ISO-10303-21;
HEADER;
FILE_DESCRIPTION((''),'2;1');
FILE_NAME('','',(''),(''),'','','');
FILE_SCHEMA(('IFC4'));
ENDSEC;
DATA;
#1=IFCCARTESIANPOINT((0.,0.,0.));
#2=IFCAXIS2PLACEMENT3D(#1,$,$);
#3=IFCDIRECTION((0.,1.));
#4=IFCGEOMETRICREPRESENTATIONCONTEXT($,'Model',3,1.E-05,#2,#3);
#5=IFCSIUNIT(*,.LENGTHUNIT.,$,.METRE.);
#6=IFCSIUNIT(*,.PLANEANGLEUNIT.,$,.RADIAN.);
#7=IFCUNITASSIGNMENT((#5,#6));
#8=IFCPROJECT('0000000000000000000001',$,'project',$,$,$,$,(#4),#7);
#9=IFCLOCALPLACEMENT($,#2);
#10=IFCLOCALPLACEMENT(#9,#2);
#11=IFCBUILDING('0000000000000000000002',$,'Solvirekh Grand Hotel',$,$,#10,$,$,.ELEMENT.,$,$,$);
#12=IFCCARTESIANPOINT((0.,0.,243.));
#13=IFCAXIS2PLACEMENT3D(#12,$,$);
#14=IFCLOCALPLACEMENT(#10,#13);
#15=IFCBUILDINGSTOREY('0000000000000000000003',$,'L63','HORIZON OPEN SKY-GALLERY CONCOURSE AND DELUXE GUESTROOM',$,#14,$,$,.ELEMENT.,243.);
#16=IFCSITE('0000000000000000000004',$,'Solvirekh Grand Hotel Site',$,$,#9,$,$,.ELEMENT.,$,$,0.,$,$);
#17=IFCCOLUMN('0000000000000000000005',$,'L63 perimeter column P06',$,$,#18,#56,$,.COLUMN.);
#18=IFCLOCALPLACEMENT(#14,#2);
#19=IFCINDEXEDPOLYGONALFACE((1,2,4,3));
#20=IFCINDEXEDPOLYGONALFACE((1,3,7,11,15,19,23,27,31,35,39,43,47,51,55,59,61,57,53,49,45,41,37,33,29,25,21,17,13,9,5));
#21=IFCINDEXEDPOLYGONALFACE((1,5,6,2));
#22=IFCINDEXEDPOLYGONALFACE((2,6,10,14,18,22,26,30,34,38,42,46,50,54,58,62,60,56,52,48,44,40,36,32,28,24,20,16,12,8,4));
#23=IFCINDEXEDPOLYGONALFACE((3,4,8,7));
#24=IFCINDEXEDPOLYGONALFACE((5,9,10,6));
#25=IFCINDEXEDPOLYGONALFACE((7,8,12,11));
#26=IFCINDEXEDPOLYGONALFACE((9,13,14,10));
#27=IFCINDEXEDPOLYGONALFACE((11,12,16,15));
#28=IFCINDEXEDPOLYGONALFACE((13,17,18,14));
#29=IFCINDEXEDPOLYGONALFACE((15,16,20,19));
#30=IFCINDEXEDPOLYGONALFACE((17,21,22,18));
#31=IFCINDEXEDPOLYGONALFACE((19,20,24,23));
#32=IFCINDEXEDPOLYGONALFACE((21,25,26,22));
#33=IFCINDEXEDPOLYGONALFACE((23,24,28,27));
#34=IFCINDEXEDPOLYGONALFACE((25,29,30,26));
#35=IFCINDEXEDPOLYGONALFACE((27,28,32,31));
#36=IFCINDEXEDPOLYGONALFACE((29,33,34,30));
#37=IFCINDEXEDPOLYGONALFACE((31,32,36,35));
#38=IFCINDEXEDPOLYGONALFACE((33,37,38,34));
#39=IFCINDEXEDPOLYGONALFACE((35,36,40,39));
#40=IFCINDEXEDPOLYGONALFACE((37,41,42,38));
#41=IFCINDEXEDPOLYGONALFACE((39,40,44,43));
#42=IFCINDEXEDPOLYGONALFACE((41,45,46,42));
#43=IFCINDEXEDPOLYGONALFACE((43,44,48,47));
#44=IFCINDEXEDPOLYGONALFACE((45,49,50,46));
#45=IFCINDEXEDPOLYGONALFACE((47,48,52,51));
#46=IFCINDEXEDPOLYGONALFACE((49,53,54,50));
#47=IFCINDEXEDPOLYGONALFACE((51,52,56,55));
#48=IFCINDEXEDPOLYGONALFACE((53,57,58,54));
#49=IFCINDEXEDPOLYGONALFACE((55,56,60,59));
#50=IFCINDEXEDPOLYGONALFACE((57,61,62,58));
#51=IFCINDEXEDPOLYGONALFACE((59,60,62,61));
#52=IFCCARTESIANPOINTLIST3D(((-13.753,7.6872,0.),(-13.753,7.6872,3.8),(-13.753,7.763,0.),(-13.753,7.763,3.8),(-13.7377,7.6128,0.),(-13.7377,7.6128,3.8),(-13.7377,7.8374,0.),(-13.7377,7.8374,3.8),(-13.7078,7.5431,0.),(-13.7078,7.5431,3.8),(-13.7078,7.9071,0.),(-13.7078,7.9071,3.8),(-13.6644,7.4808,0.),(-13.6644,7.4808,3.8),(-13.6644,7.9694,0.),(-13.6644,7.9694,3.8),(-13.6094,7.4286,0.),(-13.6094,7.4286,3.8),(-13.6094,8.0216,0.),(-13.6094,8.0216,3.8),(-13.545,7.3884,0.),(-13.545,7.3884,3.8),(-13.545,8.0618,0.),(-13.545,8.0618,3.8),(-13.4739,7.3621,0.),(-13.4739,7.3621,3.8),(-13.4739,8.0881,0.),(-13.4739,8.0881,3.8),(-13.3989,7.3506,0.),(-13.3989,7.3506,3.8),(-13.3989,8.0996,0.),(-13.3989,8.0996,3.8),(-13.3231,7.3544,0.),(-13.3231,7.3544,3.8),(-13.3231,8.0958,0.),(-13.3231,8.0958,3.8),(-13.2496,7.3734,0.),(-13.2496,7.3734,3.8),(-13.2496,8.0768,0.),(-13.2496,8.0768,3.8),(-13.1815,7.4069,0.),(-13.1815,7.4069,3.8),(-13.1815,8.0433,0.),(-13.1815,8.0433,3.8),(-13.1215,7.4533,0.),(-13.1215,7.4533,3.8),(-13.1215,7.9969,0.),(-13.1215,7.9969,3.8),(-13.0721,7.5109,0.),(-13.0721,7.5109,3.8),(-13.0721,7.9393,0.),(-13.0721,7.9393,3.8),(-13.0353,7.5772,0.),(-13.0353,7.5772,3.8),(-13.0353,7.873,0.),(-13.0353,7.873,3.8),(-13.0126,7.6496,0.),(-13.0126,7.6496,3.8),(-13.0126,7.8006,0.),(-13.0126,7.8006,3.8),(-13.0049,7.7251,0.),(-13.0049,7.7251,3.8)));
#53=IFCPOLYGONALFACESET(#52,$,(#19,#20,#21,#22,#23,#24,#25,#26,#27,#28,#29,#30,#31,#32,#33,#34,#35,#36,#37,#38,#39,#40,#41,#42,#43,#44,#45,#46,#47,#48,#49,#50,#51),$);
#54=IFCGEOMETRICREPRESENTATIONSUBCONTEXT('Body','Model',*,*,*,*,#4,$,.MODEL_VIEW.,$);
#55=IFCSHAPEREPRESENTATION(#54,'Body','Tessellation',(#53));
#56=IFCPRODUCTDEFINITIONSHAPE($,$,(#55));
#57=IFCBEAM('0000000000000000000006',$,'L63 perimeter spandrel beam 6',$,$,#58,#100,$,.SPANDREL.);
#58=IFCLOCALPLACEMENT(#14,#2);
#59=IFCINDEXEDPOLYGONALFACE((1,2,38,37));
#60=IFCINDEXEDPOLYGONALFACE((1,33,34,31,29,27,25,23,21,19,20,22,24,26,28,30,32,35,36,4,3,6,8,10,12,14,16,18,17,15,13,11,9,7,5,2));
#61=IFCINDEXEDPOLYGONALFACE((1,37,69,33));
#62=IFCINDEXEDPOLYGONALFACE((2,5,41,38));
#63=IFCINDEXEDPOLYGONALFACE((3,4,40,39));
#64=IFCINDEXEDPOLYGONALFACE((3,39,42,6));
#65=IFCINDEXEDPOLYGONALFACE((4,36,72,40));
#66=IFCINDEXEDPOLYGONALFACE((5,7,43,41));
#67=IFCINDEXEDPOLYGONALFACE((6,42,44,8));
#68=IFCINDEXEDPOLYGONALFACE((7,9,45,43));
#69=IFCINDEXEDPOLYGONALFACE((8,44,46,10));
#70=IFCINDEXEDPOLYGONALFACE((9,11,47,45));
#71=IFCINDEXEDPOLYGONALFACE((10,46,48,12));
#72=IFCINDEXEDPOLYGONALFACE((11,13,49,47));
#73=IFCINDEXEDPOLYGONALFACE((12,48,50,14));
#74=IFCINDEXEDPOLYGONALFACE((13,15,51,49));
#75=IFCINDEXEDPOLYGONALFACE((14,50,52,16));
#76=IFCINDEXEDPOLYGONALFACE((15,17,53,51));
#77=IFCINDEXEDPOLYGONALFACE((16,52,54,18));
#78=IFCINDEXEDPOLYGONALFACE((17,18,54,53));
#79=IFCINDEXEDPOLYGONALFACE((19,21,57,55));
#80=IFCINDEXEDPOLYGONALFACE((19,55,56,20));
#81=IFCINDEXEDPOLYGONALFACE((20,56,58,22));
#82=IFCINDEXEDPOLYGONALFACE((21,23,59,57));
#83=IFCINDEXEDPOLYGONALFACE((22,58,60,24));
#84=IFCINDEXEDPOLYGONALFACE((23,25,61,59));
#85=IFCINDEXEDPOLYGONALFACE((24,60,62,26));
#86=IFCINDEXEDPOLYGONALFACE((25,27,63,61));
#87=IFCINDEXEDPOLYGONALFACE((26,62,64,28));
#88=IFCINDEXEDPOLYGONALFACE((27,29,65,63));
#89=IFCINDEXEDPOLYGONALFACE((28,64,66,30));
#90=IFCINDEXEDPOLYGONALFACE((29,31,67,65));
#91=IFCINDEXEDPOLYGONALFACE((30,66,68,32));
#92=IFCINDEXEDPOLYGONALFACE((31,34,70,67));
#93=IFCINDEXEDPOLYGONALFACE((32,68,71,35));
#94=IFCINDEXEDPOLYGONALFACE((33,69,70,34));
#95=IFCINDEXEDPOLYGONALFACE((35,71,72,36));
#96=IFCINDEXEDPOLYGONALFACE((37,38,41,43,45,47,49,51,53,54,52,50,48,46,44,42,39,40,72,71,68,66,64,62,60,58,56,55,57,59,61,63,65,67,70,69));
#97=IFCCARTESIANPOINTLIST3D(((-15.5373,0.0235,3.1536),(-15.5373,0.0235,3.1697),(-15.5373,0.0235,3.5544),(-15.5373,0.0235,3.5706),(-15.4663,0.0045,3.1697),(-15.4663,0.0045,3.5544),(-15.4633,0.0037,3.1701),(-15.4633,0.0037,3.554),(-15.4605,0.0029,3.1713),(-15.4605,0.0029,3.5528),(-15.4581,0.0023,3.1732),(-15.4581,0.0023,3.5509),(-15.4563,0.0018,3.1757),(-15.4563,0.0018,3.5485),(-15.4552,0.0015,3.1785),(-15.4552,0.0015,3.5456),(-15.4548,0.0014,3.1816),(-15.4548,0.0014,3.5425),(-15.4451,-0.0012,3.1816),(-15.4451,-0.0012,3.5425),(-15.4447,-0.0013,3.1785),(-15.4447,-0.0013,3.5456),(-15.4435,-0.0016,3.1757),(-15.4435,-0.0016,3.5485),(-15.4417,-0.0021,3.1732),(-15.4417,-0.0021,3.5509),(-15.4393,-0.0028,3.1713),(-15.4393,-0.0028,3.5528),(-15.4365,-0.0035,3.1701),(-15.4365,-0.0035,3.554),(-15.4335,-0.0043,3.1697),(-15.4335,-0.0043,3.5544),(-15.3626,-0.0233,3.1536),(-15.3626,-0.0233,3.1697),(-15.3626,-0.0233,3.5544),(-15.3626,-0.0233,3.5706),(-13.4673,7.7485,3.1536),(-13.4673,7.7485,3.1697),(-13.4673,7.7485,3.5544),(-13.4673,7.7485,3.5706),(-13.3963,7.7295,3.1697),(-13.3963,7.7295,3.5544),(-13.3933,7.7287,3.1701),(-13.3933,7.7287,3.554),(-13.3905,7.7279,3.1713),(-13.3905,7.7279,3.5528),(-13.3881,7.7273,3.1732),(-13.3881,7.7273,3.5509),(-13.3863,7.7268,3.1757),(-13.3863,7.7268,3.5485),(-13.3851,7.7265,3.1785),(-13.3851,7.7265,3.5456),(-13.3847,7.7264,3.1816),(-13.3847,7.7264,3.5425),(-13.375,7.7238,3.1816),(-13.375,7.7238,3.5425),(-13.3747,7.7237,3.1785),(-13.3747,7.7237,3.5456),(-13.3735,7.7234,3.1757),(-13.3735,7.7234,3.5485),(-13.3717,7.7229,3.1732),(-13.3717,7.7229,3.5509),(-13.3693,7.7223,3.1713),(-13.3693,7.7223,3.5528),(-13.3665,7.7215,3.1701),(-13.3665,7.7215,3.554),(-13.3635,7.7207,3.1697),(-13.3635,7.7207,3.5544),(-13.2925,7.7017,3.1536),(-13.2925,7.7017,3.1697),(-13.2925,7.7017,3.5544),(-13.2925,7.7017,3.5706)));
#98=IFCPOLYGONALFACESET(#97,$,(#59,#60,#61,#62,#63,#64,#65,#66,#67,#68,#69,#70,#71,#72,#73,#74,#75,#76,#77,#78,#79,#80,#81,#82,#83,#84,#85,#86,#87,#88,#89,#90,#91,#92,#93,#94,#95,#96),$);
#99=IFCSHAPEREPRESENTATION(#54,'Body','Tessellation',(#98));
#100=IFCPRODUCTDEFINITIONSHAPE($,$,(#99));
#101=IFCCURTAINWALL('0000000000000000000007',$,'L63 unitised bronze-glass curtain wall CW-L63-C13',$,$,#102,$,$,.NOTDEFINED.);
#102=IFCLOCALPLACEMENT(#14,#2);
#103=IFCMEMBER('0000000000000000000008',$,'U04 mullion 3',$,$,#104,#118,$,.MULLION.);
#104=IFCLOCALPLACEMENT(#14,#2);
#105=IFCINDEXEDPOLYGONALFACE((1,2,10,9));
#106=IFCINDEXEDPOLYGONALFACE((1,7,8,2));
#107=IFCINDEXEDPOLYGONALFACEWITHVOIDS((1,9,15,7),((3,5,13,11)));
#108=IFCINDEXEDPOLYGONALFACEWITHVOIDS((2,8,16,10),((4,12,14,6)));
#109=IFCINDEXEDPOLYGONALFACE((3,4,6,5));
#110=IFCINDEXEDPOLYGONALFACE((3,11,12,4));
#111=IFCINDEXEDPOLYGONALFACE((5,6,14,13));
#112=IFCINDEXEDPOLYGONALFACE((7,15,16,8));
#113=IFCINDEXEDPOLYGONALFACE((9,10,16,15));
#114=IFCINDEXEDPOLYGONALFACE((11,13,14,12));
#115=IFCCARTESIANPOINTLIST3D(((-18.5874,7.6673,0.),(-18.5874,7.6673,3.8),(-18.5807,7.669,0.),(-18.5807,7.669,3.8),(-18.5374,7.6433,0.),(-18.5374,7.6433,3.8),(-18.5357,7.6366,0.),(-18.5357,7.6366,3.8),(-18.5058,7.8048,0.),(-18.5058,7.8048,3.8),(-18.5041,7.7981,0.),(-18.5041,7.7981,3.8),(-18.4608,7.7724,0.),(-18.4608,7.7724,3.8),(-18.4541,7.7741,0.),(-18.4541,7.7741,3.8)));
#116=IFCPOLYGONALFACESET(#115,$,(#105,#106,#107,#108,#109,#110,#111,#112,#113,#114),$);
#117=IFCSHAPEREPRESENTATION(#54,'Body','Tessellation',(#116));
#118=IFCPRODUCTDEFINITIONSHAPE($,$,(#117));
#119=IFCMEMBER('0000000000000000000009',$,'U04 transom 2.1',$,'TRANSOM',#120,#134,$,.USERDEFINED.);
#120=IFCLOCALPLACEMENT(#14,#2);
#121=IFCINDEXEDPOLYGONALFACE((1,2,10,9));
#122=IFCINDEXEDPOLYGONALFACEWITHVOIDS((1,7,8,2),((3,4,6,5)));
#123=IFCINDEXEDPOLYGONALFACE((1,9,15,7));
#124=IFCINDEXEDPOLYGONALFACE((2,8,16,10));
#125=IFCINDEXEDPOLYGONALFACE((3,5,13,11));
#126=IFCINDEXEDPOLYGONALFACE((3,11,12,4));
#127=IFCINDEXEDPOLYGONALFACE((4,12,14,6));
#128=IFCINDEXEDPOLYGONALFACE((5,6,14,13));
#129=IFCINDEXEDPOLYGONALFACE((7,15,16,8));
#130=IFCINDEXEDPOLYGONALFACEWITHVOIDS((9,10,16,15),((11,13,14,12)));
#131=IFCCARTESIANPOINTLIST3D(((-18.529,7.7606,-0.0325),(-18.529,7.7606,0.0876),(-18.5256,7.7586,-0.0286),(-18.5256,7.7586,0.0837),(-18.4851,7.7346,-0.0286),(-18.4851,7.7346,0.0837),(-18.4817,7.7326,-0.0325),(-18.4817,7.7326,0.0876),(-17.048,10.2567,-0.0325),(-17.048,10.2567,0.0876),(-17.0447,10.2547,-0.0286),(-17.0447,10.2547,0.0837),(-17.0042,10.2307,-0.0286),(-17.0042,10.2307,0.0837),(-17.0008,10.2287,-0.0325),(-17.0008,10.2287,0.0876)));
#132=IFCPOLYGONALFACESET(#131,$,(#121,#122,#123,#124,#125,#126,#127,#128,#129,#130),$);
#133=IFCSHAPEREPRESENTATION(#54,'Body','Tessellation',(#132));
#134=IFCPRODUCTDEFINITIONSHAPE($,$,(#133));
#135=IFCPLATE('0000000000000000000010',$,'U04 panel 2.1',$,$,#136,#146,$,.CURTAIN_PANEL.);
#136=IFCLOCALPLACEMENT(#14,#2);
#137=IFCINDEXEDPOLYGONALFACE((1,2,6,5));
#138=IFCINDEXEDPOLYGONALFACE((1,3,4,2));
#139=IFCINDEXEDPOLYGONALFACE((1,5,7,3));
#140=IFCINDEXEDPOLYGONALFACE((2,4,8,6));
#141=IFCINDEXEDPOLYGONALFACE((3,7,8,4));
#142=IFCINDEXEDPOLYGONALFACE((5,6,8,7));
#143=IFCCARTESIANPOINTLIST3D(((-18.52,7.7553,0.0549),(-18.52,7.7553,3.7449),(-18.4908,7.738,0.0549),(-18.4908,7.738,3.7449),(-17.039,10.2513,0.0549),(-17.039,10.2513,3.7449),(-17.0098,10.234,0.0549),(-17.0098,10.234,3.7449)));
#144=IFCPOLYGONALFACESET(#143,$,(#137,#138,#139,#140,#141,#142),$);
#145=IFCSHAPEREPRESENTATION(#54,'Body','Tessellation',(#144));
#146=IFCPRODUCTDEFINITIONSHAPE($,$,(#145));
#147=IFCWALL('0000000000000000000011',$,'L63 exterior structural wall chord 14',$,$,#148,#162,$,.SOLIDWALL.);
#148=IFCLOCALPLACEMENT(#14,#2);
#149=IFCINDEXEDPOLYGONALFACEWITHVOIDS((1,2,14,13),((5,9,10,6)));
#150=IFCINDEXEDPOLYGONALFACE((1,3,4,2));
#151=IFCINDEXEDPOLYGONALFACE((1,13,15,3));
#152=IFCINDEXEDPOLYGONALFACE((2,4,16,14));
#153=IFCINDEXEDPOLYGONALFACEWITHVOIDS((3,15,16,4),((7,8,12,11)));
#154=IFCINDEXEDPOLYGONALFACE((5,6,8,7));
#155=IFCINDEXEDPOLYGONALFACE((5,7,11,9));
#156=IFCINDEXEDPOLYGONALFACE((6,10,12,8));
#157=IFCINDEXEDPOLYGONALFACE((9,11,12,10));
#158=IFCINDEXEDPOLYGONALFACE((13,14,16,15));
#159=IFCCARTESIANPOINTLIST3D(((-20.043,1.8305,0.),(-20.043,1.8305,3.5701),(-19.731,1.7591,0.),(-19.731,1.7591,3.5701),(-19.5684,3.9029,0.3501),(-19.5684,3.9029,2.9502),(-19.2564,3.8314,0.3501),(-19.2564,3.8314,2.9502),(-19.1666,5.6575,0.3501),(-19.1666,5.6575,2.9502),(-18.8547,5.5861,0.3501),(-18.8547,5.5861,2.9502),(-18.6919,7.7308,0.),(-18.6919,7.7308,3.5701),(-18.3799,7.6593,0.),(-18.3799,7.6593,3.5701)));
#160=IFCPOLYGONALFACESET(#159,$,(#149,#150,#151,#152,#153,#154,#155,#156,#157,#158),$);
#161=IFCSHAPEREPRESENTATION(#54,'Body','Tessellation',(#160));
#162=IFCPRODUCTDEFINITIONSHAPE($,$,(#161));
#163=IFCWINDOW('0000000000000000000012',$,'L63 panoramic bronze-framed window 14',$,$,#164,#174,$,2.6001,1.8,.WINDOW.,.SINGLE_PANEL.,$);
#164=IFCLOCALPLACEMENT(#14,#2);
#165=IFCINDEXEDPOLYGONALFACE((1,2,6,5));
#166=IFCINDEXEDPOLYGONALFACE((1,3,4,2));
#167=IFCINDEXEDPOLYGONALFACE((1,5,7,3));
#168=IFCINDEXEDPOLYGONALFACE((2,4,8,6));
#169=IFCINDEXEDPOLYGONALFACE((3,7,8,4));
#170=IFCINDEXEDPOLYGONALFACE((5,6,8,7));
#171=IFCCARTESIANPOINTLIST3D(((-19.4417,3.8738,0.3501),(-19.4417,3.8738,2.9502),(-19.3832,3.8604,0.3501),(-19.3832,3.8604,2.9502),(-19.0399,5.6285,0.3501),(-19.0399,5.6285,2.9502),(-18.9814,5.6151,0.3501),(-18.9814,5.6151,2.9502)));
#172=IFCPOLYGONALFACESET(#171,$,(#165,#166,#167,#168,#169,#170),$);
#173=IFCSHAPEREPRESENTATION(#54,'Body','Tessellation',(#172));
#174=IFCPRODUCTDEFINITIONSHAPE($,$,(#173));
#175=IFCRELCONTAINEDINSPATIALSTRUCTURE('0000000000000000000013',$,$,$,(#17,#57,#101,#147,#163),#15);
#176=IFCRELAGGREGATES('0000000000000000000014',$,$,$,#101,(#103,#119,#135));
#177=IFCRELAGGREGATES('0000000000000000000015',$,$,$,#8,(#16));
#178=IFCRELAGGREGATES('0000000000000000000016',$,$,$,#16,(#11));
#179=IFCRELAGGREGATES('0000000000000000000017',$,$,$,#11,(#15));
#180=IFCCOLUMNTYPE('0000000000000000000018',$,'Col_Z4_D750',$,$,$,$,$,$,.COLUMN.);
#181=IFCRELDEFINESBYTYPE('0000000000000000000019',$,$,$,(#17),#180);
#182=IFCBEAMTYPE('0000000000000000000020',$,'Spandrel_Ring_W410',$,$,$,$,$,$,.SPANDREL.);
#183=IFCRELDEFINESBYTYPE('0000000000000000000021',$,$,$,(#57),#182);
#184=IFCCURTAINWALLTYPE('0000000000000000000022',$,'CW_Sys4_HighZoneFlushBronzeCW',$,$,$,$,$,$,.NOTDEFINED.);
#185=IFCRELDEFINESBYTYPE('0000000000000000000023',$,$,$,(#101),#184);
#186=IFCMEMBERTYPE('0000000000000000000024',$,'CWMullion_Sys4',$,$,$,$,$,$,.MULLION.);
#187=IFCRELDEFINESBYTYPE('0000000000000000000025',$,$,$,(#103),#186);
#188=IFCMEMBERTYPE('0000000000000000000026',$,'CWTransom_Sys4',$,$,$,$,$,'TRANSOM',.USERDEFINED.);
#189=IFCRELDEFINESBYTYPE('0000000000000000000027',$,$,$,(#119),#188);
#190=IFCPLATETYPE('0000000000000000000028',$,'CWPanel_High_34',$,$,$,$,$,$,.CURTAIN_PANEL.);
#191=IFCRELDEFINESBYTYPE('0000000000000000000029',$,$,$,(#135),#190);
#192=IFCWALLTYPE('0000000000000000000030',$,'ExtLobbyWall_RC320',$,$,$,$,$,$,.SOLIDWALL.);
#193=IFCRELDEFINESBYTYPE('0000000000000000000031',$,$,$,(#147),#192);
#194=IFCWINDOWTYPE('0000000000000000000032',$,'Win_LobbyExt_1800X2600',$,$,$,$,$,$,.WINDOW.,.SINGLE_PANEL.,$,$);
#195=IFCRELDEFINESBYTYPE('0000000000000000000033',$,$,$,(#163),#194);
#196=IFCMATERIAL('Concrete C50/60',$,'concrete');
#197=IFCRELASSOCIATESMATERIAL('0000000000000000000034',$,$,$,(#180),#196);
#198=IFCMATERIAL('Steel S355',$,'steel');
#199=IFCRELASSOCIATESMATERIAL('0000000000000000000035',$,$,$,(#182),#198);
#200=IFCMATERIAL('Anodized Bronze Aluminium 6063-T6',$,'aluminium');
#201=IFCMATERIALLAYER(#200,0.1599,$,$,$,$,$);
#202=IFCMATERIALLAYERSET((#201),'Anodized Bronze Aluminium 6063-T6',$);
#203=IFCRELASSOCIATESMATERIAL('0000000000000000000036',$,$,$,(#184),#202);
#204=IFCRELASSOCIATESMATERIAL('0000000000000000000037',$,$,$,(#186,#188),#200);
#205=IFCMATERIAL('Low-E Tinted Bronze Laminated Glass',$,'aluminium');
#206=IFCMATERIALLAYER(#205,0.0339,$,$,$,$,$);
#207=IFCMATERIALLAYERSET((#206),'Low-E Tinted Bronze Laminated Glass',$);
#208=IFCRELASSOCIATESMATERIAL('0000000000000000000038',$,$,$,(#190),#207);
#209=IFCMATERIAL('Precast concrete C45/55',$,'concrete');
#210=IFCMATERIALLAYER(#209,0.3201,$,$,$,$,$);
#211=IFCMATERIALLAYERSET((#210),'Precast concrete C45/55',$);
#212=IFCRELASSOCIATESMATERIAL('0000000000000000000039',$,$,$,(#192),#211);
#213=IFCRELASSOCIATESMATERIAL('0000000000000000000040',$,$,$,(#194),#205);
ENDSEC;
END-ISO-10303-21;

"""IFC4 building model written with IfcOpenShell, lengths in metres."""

from ifc_helpers import new_model, si_unit, direction, frame, frame_2d, origin, origin_2d, place, context, subcontext, project, spatial, rectangle, hollow_rectangle, circle, i_section, extrude, source, transform, mapped, material, layer, layer_set, material_profile, profile_set, type_object, element, fill, aggregate, save


model = new_model("IFC4")

# Units and contexts
model_context = context("Model", 3, precision=1e-05, world=origin(), true_north=direction((0.0, 1.0)))
body_context = subcontext(model_context, "Body", "Model", "MODEL_VIEW")
ifc_project = project(units=[si_unit("LENGTHUNIT", "METRE"), si_unit("PLANEANGLEUNIT", "RADIAN")], contexts=[model_context])

# Site, building, storey
site_placement = place(None, origin())
site = spatial("IfcSite", under=ifc_project, at=site_placement, Name="Solvirekh Grand Hotel Site", CompositionType="ELEMENT", RefElevation=0.0)
building_placement = place(site_placement, origin())
building = spatial("IfcBuilding", under=site, at=building_placement, Name="Solvirekh Grand Hotel", CompositionType="ELEMENT")
storey_placement = place(building_placement, frame((0.0, 0.0, 243.0)))
storey = spatial("IfcBuildingStorey", under=building, at=storey_placement, Name="L63", Description="HORIZON OPEN SKY-GALLERY CONCOURSE AND DELUXE GUESTROOM", CompositionType="ELEMENT", Elevation=243.0)

# Column
ifc_material_1 = material(Name="Concrete C50/60", Category="concrete")
ifc_material_profile_1 = material_profile(ifc_material_1, circle(Radius=0.375, at=origin_2d()), Name="RC CIRC D750")
ifc_profile_set_1 = profile_set([ifc_material_profile_1], Name="Concrete C50/60")
column_type = type_object("IfcColumnType", Name="Col_Z4_D750", PredefinedType="COLUMN", material=ifc_profile_set_1)
column_placement = place(storey_placement, frame((-13.3799, 7.7251, 0.0), z_axis=(0.0, 0.0, 1.0), x_axis=(1.0, 0.0, 0.0)))
element("IfcColumn", 1, at=column_placement, inside=storey, type_object=column_type, Name="L63 perimeter column P06", PredefinedType="COLUMN", context=body_context, shape_type="SweptSolid", body=[
    extrude(circle(Radius=0.375, at=origin_2d()), origin(), (0.0, 0.0, 1.0), 3.8),
])

# Beam
ifc_material_2 = material(Name="Steel S355", Category="steel")
ifc_material_profile_2 = material_profile(ifc_material_2, i_section(OverallWidth=0.1809, OverallDepth=0.417, WebThickness=0.01, FlangeThickness=0.0161, FilletRadius=0.012, at=origin_2d()), Name="W410X85")
ifc_profile_set_2 = profile_set([ifc_material_profile_2], Name="Steel S355")
beam_type = type_object("IfcBeamType", Name="Spandrel_Ring_W410", PredefinedType="SPANDREL", material=ifc_profile_set_2)
beam_placement = place(storey_placement, frame((-13.3799, 7.7251, 3.3621), z_axis=(-0.258835, -0.965922, 0.0), x_axis=(0.965922, -0.258835, 0.0)))
element("IfcBeam", 2, at=beam_placement, inside=storey, type_object=beam_type, Name="L63 perimeter spandrel beam 6", PredefinedType="SPANDREL", context=body_context, shape_type="SweptSolid", body=[
    extrude(i_section(OverallWidth=0.1809, OverallDepth=0.417, WebThickness=0.01, FlangeThickness=0.0161, FilletRadius=0.012, at=origin_2d()), origin(), (0.0, 0.0, 1.0), 7.9976),
])

# Curtain wall, members, plate
ifc_material_3 = material(Name="Anodized Bronze Aluminium 6063-T6", Category="aluminium")
ifc_layer_1 = layer(ifc_material_3, 0.1599)
ifc_layer_set_1 = layer_set([ifc_layer_1], Name="Anodized Bronze Aluminium 6063-T6")
curtain_wall_type = type_object("IfcCurtainWallType", Name="CW_Sys4_HighZoneFlushBronzeCW", PredefinedType="NOTDEFINED", material=ifc_layer_set_1)
curtain_wall_placement = place(storey_placement, origin())
curtain_wall = element("IfcCurtainWall", 3, at=curtain_wall_placement, inside=storey, type_object=curtain_wall_type, Name="L63 unitised bronze-glass curtain wall CW-L63-C13", PredefinedType="NOTDEFINED")
ifc_material_profile_3 = material_profile(ifc_material_3, hollow_rectangle(XDim=0.0601, YDim=0.1599, WallThickness=0.0049, at=origin_2d()), Name="ALU RHS 160X60X5")
ifc_profile_set_3 = profile_set([ifc_material_profile_3], Name="Anodized Bronze Aluminium 6063-T6")
member_type_1 = type_object("IfcMemberType", Name="CWMullion_Sys4", PredefinedType="MULLION", material=ifc_profile_set_3)
shared_shape_1 = source(origin(), body_context, "Body", "SweptSolid", [
    extrude(hollow_rectangle(XDim=0.0601, YDim=0.1599, WallThickness=0.0049, at=origin_2d()), origin(), (0.0, 0.0, 1.0), 3.8),
])
member_1_placement = place(storey_placement, frame((-18.5208, 7.7207, 0.0), z_axis=(0.0, 0.0, 1.0), x_axis=(0.860004, -0.510288, 0.0)))
member_1 = element("IfcMember", 4, at=member_1_placement, type_object=member_type_1, Name="U04 mullion 3", PredefinedType="MULLION", context=body_context, shape_type="MappedRepresentation", body=[
    mapped(shared_shape_1, transform((0.0, 0.0, 0.0), x_axis=(1.0, 0.0, 0.0), y_axis=(0.0, 1.0, 0.0), z_axis=(0.0, 0.0, 1.0), scale=1.0)),
])
ifc_material_profile_4 = material_profile(ifc_material_3, hollow_rectangle(XDim=0.0549, YDim=0.1201, WallThickness=0.0039, at=origin_2d()), Name="ALU RHS 120X55X4")
ifc_profile_set_4 = profile_set([ifc_material_profile_4], Name="Anodized Bronze Aluminium 6063-T6")
member_type_2 = type_object("IfcMemberType", Name="CWTransom_Sys4", ElementType="TRANSOM", PredefinedType="USERDEFINED", material=ifc_profile_set_4)
shared_shape_2 = source(origin(), body_context, "Body", "SweptSolid", [
    extrude(hollow_rectangle(XDim=0.0549, YDim=0.1201, WallThickness=0.0039, at=origin_2d()), origin(), (0.0, 0.0, 1.0), 2.9023),
])
member_2_placement = place(storey_placement, frame((-17.0244, 10.2427, 0.0276), z_axis=(-0.510259, -0.860021, 0.0), x_axis=(0.860021, -0.510259, 0.0)))
member_2 = element("IfcMember", 5, at=member_2_placement, type_object=member_type_2, Name="U04 transom 2.1", ObjectType="TRANSOM", PredefinedType="USERDEFINED", context=body_context, shape_type="MappedRepresentation", body=[
    mapped(shared_shape_2, transform((0.0, 0.0, 0.0), x_axis=(1.0, 0.0, 0.0), y_axis=(0.0, 1.0, 0.0), z_axis=(0.0, 0.0, 1.0), scale=1.0)),
])
ifc_material_4 = material(Name="Low-E Tinted Bronze Laminated Glass", Category="aluminium")
ifc_layer_2 = layer(ifc_material_4, 0.0339)
ifc_layer_set_2 = layer_set([ifc_layer_2], Name="Low-E Tinted Bronze Laminated Glass")
plate_type = type_object("IfcPlateType", Name="CWPanel_High_34", PredefinedType="CURTAIN_PANEL", material=ifc_layer_set_2)
shared_shape_3 = source(origin(), body_context, "Body", "SweptSolid", [
    extrude(rectangle(XDim=2.9023, YDim=0.0339, at=origin_2d()), origin(), (0.0, 0.0, 1.0), 3.6899),
])
plate_placement = place(storey_placement, frame((-17.7649, 8.9946, 0.0549), z_axis=(0.0, 0.0, 1.0), x_axis=(-0.510288, -0.860004, 0.0)))
plate = element("IfcPlate", 6, at=plate_placement, type_object=plate_type, Name="U04 panel 2.1", PredefinedType="CURTAIN_PANEL", context=body_context, shape_type="MappedRepresentation", body=[
    mapped(shared_shape_3, transform((0.0, 0.0, 0.0), x_axis=(1.0, 0.0, 0.0), y_axis=(0.0, 1.0, 0.0), z_axis=(0.0, 0.0, 1.0), scale=1.0)),
])
aggregate(curtain_wall, [member_1, member_2, plate])

# Wall, opening, window
ifc_material_5 = material(Name="Precast concrete C45/55", Category="concrete")
ifc_layer_3 = layer(ifc_material_5, 0.3201)
ifc_layer_set_3 = layer_set([ifc_layer_3], Name="Precast concrete C45/55")
wall_type_1 = type_object("IfcWallType", Name="ExtLobbyWall_RC320", PredefinedType="SOLIDWALL", material=ifc_layer_set_3)
wall_1_placement = place(storey_placement, frame((-19.887, 1.7949, 0.0), z_axis=(0.0, 0.0, 1.0), x_axis=(0.223212, 0.97477, 0.0)))
wall_1 = element("IfcWall", 7, at=wall_1_placement, inside=storey, type_object=wall_type_1, Name="L63 exterior structural wall chord 14", PredefinedType="SOLIDWALL", context=body_context, shape_type="SweptSolid", body=[
    extrude(rectangle(XDim=6.053, YDim=0.3201, at=frame_2d((3.0264, 0.0))), origin(), (0.0, 0.0, 1.0), 3.5701),
])
opening_1_placement = place(wall_1_placement, frame((2.126, 0.0, 0.3501)))
opening_1 = element("IfcOpeningElement", 8, at=opening_1_placement, cuts=wall_1, PredefinedType="OPENING", context=body_context, shape_type="SweptSolid", body=[
    extrude(rectangle(XDim=1.8, YDim=2.6001, at=frame_2d((0.8999, 1.3))), frame((0.0, 0.1699, 0.0), z_axis=(0.0, -1.0, 0.0), x_axis=(1.0, 0.0, 0.0)), (0.0, 0.0, 1.0), 0.3401),
])
window_type = type_object("IfcWindowType", Name="Win_LobbyExt_1800X2600", PartitioningType="SINGLE_PANEL", PredefinedType="WINDOW", material=ifc_material_4)
window_placement = place(opening_1_placement, origin())
window = element("IfcWindow", 9, at=window_placement, inside=storey, type_object=window_type, Name="L63 panoramic bronze-framed window 14", OverallHeight=2.6001, OverallWidth=1.8, PartitioningType="SINGLE_PANEL", PredefinedType="WINDOW", context=body_context, shape_type="SweptSolid", body=[
    extrude(rectangle(XDim=1.8, YDim=2.6001, at=frame_2d((0.8999, 1.3))), frame((0.0, 0.03, 0.0), z_axis=(0.0, -1.0, 0.0), x_axis=(1.0, 0.0, 0.0)), (0.0, 0.0, 1.0), 0.0601),
])
fill(opening_1, window)

save(model, "model.ifc")
